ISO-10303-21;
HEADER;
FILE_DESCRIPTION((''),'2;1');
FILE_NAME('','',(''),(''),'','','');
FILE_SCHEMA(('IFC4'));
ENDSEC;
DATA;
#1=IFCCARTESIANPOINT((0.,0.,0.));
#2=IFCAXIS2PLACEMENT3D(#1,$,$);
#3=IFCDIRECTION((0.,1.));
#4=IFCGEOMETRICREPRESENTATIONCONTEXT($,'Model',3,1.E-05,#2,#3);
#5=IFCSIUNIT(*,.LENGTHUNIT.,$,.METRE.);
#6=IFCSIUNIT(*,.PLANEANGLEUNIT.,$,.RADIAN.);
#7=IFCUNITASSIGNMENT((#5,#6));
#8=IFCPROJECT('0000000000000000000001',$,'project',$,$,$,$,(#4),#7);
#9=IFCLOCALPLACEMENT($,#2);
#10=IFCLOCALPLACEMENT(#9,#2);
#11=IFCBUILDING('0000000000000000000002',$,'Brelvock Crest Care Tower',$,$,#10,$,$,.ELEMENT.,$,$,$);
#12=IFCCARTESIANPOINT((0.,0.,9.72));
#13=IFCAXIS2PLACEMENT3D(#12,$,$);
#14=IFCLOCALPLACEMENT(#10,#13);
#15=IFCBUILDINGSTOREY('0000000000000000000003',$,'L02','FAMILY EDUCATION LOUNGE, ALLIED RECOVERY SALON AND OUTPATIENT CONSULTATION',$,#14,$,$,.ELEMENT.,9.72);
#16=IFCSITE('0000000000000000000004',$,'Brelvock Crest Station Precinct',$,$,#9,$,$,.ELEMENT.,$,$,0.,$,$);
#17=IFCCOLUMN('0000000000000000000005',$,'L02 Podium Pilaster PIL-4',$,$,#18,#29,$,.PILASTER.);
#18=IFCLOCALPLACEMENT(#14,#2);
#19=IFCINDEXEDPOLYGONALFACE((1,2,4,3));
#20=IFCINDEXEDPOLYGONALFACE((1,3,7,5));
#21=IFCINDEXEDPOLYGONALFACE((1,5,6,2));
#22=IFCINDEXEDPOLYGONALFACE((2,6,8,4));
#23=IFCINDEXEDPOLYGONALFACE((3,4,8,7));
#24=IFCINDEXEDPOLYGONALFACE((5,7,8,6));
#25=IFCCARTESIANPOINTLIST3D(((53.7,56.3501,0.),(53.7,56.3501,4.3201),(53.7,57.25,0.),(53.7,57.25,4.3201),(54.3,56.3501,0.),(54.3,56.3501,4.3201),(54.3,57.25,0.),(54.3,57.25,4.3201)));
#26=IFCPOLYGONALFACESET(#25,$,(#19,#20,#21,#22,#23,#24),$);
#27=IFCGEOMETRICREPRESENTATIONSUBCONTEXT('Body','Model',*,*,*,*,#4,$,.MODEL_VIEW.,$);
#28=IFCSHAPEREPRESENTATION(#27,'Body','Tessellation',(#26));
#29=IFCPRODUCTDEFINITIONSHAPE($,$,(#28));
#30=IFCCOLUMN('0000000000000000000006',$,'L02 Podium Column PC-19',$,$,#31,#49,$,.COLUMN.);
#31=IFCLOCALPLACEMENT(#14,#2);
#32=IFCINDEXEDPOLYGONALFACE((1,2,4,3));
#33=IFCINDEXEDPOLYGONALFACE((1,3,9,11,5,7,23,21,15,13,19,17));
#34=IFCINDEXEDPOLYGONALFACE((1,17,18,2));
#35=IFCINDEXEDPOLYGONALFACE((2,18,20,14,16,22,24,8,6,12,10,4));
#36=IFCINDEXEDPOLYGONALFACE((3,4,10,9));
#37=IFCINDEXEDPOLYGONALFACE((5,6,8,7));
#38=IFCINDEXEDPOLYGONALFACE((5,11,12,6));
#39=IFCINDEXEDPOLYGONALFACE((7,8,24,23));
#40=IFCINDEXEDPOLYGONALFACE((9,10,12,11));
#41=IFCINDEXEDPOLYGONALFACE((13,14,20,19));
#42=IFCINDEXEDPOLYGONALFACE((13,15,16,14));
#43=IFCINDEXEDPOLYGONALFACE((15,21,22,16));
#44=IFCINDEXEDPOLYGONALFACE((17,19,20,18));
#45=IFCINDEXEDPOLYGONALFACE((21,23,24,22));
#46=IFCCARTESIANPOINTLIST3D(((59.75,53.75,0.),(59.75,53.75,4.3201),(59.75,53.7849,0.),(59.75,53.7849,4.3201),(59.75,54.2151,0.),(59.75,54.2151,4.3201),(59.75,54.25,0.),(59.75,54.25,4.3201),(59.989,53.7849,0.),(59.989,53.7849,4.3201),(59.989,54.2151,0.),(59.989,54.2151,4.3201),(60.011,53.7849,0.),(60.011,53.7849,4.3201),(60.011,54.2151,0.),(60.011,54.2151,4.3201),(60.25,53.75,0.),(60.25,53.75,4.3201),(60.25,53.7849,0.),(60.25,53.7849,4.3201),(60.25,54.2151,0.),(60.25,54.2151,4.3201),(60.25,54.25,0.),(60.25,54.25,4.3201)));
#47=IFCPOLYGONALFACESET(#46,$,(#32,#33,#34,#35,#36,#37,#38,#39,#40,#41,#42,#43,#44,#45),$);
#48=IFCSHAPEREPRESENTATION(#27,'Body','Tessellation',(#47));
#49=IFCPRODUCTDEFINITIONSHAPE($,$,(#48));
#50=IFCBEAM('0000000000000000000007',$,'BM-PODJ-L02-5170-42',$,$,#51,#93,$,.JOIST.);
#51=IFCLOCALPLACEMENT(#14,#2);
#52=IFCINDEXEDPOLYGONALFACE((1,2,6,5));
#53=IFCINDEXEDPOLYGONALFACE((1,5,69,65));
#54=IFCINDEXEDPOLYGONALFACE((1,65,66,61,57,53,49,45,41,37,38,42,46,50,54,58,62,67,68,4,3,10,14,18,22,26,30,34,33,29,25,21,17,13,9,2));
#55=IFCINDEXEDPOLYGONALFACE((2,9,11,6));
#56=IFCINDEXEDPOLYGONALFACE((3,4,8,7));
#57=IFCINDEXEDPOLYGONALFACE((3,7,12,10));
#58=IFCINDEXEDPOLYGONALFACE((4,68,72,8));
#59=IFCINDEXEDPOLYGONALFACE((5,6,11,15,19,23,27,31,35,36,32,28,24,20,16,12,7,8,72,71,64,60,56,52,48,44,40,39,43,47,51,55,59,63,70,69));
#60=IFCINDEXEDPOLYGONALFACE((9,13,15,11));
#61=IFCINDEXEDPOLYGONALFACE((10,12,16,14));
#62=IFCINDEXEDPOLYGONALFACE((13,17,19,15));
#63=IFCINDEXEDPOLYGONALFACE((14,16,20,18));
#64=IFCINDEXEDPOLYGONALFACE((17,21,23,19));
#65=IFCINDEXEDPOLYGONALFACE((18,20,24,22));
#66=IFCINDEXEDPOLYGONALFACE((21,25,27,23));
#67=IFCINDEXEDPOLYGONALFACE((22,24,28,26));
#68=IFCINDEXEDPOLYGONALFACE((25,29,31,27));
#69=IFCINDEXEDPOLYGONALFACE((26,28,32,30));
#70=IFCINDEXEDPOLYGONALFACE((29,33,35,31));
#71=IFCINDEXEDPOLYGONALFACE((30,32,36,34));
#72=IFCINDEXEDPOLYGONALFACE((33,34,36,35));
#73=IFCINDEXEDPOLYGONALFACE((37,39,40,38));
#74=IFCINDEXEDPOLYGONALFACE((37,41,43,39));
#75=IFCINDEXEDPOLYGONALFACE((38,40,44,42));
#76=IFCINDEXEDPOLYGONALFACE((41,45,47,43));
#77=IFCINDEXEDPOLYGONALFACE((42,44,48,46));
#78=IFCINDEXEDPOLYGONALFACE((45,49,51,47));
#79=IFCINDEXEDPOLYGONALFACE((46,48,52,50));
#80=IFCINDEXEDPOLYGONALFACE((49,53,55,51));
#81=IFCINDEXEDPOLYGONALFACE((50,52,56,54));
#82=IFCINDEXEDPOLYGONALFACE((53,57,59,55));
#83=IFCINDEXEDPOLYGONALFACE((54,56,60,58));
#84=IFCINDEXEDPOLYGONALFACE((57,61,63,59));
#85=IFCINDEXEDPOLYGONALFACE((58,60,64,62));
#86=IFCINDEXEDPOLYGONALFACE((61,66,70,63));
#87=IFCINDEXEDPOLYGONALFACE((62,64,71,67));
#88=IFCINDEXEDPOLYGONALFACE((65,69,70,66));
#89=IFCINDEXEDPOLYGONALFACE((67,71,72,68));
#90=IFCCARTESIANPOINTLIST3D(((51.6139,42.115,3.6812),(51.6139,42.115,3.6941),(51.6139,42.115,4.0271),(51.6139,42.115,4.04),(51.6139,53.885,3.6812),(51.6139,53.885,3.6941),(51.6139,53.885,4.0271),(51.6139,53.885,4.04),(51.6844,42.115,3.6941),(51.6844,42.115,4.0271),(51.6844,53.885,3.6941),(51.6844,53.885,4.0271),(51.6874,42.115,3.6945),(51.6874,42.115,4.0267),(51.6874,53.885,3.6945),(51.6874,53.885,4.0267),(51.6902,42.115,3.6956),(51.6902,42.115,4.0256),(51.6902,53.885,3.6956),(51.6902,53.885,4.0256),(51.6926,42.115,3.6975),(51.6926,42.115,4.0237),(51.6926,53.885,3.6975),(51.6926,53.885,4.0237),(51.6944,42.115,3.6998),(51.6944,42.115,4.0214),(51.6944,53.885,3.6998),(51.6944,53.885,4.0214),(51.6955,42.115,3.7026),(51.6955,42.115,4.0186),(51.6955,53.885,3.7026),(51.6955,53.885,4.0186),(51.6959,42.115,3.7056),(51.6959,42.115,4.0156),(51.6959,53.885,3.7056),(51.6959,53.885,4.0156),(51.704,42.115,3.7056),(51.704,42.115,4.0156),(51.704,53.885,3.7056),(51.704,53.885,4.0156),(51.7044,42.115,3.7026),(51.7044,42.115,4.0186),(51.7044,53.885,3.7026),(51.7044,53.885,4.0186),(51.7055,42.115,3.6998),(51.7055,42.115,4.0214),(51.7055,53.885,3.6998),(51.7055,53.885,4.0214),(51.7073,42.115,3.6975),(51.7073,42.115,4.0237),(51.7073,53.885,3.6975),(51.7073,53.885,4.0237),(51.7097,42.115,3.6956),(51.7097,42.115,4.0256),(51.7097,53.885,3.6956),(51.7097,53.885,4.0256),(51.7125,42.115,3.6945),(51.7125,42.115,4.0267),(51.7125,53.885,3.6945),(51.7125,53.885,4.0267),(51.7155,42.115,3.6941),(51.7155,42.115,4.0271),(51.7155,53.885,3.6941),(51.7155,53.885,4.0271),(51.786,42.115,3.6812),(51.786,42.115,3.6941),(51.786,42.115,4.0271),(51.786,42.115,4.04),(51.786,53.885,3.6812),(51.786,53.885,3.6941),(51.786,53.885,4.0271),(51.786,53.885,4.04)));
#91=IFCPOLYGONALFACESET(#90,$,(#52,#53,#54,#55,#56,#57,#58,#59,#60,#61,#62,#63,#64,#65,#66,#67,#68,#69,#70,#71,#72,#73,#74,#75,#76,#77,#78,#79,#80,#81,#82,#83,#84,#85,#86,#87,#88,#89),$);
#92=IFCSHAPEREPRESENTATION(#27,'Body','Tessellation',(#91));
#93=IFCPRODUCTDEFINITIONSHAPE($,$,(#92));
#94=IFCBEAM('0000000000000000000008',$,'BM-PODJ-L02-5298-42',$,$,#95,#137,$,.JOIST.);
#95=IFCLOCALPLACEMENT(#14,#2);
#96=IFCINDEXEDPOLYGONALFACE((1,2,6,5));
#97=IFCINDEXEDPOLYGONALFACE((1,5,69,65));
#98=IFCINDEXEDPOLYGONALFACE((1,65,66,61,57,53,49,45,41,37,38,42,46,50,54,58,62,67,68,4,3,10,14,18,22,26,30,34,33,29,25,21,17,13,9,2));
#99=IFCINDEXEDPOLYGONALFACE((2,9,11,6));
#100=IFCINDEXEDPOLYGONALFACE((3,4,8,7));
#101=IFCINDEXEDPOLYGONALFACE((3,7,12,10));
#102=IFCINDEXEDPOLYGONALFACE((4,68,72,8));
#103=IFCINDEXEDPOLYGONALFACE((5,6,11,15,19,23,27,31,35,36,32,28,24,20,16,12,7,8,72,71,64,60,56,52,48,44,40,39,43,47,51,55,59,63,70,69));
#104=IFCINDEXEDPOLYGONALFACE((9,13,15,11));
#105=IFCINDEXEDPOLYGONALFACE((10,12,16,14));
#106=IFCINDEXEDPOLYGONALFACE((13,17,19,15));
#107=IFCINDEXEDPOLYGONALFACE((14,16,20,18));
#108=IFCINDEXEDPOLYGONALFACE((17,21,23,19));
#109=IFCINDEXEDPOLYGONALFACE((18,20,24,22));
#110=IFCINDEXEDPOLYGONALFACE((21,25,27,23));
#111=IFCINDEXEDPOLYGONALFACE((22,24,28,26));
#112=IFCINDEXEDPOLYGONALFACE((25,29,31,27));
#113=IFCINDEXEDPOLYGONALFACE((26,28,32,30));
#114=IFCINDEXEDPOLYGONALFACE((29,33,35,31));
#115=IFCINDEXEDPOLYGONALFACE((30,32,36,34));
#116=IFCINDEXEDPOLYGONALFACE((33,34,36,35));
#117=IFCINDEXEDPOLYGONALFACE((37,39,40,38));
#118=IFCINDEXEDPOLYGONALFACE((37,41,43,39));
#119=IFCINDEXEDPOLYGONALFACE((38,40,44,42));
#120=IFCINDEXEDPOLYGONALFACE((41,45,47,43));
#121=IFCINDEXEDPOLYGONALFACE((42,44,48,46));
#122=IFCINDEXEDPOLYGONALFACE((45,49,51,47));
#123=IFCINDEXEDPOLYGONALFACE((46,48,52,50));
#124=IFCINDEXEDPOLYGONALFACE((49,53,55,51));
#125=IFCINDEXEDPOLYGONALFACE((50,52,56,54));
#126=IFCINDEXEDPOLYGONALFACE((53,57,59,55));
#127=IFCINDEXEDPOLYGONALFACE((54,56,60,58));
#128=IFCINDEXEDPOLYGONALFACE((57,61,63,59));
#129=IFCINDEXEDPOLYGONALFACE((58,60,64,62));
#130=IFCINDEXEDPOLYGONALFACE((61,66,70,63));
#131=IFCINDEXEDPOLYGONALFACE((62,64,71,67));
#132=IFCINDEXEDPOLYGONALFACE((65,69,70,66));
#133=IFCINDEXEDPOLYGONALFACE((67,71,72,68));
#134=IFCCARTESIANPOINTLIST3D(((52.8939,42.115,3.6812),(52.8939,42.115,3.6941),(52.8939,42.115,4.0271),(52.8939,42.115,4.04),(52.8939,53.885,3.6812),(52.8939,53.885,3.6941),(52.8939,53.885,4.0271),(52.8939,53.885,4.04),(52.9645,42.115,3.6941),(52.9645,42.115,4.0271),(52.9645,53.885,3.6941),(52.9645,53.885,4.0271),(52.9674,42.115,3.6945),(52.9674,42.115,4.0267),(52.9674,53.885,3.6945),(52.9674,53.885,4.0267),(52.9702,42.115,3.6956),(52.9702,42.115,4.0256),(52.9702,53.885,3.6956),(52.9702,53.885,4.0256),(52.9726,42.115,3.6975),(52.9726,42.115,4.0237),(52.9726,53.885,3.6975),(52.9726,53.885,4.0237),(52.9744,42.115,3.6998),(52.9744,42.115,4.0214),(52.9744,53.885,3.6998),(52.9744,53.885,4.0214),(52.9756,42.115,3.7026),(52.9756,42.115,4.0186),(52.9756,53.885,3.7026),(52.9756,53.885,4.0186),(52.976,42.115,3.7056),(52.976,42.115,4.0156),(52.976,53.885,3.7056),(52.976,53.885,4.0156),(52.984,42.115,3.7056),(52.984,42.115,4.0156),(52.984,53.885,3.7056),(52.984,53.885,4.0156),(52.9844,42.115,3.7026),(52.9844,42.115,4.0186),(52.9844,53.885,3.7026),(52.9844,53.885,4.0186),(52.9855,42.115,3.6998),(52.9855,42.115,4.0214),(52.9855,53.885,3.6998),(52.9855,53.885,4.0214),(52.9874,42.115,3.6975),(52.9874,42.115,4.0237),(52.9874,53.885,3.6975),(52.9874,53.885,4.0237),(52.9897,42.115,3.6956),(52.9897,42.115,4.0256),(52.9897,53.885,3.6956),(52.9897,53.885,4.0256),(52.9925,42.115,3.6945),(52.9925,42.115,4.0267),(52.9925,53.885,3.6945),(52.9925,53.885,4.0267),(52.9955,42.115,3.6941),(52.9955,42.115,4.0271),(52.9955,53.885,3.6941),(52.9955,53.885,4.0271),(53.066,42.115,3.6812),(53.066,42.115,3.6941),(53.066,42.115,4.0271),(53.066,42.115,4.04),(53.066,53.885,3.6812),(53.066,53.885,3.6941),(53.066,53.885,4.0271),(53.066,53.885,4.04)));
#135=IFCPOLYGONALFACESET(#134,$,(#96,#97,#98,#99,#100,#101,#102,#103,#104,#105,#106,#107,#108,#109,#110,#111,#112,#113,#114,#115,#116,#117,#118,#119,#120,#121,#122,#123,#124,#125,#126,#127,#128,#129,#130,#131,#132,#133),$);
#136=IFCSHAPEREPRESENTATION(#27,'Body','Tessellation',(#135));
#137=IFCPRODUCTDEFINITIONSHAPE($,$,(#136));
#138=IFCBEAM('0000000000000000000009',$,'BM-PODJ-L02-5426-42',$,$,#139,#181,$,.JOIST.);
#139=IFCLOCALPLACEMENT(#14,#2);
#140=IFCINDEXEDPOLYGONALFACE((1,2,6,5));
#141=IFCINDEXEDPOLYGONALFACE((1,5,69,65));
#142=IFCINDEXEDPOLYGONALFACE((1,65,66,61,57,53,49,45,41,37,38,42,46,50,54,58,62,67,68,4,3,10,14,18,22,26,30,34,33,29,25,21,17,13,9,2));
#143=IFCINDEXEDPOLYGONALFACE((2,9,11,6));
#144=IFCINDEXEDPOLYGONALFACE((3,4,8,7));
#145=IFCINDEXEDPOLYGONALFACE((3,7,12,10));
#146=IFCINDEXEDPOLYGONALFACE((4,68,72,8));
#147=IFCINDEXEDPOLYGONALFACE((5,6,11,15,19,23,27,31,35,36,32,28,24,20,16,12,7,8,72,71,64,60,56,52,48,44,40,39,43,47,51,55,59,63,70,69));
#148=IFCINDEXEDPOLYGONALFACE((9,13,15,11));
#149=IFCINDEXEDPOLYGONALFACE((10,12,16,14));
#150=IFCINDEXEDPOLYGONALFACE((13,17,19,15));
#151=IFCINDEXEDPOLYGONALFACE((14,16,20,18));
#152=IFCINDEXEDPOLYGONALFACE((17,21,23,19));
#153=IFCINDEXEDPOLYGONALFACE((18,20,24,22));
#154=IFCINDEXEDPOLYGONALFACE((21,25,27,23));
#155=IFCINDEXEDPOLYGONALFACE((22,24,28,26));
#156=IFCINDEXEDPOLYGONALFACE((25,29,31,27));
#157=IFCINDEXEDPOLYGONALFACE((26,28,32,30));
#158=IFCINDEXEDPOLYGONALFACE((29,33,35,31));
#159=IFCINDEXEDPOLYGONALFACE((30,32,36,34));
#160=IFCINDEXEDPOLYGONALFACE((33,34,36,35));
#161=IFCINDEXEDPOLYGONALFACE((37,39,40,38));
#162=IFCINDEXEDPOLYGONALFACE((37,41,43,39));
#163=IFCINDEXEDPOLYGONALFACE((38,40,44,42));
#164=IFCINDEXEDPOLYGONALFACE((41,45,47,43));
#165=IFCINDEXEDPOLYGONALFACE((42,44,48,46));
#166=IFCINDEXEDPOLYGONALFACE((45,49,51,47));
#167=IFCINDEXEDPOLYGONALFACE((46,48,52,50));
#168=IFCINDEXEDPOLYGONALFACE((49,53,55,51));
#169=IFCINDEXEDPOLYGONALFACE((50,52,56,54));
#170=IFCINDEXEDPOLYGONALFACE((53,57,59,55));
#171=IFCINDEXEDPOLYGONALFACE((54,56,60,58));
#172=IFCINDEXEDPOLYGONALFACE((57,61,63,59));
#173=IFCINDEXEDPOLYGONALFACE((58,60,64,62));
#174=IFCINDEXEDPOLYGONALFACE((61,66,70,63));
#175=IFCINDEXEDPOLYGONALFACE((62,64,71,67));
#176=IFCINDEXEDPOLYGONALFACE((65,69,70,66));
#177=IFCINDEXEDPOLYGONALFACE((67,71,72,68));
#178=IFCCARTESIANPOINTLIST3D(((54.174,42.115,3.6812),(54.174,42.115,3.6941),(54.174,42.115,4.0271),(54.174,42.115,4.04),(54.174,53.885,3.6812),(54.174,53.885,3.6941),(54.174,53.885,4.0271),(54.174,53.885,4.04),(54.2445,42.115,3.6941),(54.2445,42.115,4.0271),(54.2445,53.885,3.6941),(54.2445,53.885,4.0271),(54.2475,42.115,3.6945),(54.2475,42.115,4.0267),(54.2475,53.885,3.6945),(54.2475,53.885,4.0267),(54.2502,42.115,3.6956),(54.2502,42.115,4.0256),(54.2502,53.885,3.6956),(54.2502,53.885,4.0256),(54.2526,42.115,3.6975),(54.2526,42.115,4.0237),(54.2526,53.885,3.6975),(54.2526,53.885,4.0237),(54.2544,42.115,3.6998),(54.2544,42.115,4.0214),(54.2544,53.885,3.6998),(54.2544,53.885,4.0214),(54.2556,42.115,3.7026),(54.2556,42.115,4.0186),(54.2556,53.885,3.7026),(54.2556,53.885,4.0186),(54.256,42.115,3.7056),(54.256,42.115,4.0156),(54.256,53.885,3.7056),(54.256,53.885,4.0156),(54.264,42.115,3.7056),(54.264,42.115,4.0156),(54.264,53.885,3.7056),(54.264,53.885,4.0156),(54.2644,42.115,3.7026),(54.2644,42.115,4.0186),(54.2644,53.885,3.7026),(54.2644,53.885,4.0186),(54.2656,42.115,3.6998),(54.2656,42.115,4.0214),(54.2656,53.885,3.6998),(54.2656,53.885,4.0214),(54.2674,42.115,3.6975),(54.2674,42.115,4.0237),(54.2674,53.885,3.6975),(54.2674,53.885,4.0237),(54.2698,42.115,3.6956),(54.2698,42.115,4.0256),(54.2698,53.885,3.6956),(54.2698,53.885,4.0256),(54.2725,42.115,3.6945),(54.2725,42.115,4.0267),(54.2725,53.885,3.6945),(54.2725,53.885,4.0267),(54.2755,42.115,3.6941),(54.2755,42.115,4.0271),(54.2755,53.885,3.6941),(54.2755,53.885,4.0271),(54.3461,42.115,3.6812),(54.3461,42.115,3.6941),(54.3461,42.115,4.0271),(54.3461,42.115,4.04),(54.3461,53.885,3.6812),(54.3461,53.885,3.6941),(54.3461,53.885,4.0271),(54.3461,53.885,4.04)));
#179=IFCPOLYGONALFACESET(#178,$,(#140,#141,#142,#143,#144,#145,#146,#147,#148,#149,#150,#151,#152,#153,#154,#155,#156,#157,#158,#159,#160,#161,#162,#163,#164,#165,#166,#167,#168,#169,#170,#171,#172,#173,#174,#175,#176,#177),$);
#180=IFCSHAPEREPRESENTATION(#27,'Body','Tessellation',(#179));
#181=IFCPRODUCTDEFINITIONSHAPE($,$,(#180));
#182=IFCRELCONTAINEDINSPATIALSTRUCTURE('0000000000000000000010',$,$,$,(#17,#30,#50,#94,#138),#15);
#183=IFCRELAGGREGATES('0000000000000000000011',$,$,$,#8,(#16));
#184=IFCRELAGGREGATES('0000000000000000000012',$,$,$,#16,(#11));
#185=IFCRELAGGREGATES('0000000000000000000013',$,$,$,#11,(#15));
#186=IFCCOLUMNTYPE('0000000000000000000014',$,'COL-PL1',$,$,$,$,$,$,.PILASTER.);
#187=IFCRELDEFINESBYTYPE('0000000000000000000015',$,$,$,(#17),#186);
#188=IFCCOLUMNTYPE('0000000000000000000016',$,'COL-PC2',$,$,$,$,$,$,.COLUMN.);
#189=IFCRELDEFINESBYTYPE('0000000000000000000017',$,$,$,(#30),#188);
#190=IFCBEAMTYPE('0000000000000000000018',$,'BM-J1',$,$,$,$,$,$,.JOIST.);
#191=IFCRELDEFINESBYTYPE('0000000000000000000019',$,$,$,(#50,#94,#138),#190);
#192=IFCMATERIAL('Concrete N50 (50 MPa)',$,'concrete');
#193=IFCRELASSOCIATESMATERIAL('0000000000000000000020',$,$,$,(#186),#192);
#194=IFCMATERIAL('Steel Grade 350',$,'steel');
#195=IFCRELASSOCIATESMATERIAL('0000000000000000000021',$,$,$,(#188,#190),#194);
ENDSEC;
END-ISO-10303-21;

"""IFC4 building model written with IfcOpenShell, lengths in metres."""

from ifc_helpers import new_model, si_unit, direction, frame, origin, origin_2d, place, context, subcontext, project, spatial, rectangle, i_section, extrude, source, transform, mapped, material, material_profile, profile_set, type_object, element, save


model = new_model("IFC4")

# Units and contexts
model_context = context("Model", 3, precision=1e-05, world=origin(), true_north=direction((0.0, 1.0)))
body_context = subcontext(model_context, "Body", "Model", "MODEL_VIEW")
ifc_project = project(units=[si_unit("LENGTHUNIT", "METRE"), si_unit("PLANEANGLEUNIT", "RADIAN")], contexts=[model_context])

# Site, building, storey
site_placement = place(None, origin())
site = spatial("IfcSite", under=ifc_project, at=site_placement, Name="Brelvock Crest Station Precinct", CompositionType="ELEMENT", RefElevation=0.0)
building_placement = place(site_placement, origin())
building = spatial("IfcBuilding", under=site, at=building_placement, Name="Brelvock Crest Care Tower", CompositionType="ELEMENT")
storey_placement = place(building_placement, frame((0.0, 0.0, 9.72)))
storey = spatial("IfcBuildingStorey", under=building, at=storey_placement, Name="L02", Description="FAMILY EDUCATION LOUNGE, ALLIED RECOVERY SALON AND OUTPATIENT CONSULTATION", CompositionType="ELEMENT", Elevation=9.72)

# Columns
ifc_material_1 = material(Name="Concrete N50 (50 MPa)", Category="concrete")
ifc_material_profile_1 = material_profile(ifc_material_1, rectangle(XDim=0.6001, YDim=0.8999, at=origin_2d()), Name="RC600x900")
ifc_profile_set_1 = profile_set([ifc_material_profile_1], Name="Concrete N50 (50 MPa)")
column_type_1 = type_object("IfcColumnType", Name="COL-PL1", PredefinedType="PILASTER", material=ifc_profile_set_1)
shared_shape_1 = source(origin(), body_context, "Body", "SweptSolid", [
    extrude(rectangle(XDim=0.6001, YDim=0.8999, at=origin_2d()), origin(), (0.0, 0.0, 1.0), 4.3201),
])
column_1_placement = place(storey_placement, frame((54.0, 56.8, 0.0), z_axis=(0.0, 0.0, 1.0), x_axis=(1.0, 0.0, 0.0)))
element("IfcColumn", 1, at=column_1_placement, inside=storey, type_object=column_type_1, Name="L02 Podium Pilaster PIL-4", PredefinedType="PILASTER", context=body_context, shape_type="MappedRepresentation", body=[
    mapped(shared_shape_1, transform((0.0, 0.0, 0.0), x_axis=(1.0, 0.0, 0.0), y_axis=(0.0, 1.0, 0.0), z_axis=(0.0, 0.0, 1.0), scale=1.0)),
])
ifc_material_2 = material(Name="Steel Grade 350", Category="steel")
ifc_material_profile_2 = material_profile(ifc_material_2, i_section(OverallWidth=0.5, OverallDepth=0.5, WebThickness=0.022, FlangeThickness=0.0349, at=origin_2d()), Name="500WC340")
ifc_profile_set_2 = profile_set([ifc_material_profile_2], Name="Steel Grade 350")
column_type_2 = type_object("IfcColumnType", Name="COL-PC2", PredefinedType="COLUMN", material=ifc_profile_set_2)
shared_shape_2 = source(origin(), body_context, "Body", "SweptSolid", [
    extrude(i_section(OverallWidth=0.5, OverallDepth=0.5, WebThickness=0.022, FlangeThickness=0.0349, at=origin_2d()), origin(), (0.0, 0.0, 1.0), 4.3201),
])
column_2_placement = place(storey_placement, frame((60.0, 54.0, 0.0), z_axis=(0.0, 0.0, 1.0), x_axis=(1.0, 0.0, 0.0)))
element("IfcColumn", 2, at=column_2_placement, inside=storey, type_object=column_type_2, Name="L02 Podium Column PC-19", PredefinedType="COLUMN", context=body_context, shape_type="MappedRepresentation", body=[
    mapped(shared_shape_2, transform((0.0, 0.0, 0.0), x_axis=(1.0, 0.0, 0.0), y_axis=(0.0, 1.0, 0.0), z_axis=(0.0, 0.0, 1.0), scale=1.0)),
])

# Beams
ifc_material_profile_3 = material_profile(ifc_material_2, i_section(OverallWidth=0.1721, OverallDepth=0.3589, WebThickness=0.0081, FlangeThickness=0.0129, FilletRadius=0.0115, at=origin_2d()), Name="360UB56.7")
ifc_profile_set_3 = profile_set([ifc_material_profile_3], Name="Steel Grade 350")
beam_type = type_object("IfcBeamType", Name="BM-J1", PredefinedType="JOIST", material=ifc_profile_set_3)
shared_shape_3 = source(origin(), body_context, "Body", "SweptSolid", [
    extrude(i_section(OverallWidth=0.1721, OverallDepth=0.3589, WebThickness=0.0081, FlangeThickness=0.0129, FilletRadius=0.0115, at=origin_2d()), origin(), (0.0, 0.0, 1.0), 11.77),
])
for number, where, z_axis, x_axis, name in (
    (3, (51.7, 42.115, 3.8606), (0.0, 1.0, 0.0), (-1.0, 0.0, 0.0), "BM-PODJ-L02-5170-42"),
    (4, (52.98, 42.115, 3.8606), (0.0, 1.0, 0.0), (-1.0, 0.0, 0.0), "BM-PODJ-L02-5298-42"),
    (5, (54.26, 42.115, 3.8606), (0.0, 1.0, 0.0), (-1.0, 0.0, 0.0), "BM-PODJ-L02-5426-42"),
):
    element("IfcBeam", number, at=place(storey_placement, frame(where, z_axis=z_axis, x_axis=x_axis)), inside=storey, type_object=beam_type, Name=name, PredefinedType="JOIST", context=body_context, shape_type="MappedRepresentation", body=[
        mapped(shared_shape_3, transform((0.0, 0.0, 0.0), x_axis=(1.0, 0.0, 0.0), y_axis=(0.0, 1.0, 0.0), z_axis=(0.0, 0.0, 1.0), scale=1.0)),
    ])

save(model, "model.ifc")
